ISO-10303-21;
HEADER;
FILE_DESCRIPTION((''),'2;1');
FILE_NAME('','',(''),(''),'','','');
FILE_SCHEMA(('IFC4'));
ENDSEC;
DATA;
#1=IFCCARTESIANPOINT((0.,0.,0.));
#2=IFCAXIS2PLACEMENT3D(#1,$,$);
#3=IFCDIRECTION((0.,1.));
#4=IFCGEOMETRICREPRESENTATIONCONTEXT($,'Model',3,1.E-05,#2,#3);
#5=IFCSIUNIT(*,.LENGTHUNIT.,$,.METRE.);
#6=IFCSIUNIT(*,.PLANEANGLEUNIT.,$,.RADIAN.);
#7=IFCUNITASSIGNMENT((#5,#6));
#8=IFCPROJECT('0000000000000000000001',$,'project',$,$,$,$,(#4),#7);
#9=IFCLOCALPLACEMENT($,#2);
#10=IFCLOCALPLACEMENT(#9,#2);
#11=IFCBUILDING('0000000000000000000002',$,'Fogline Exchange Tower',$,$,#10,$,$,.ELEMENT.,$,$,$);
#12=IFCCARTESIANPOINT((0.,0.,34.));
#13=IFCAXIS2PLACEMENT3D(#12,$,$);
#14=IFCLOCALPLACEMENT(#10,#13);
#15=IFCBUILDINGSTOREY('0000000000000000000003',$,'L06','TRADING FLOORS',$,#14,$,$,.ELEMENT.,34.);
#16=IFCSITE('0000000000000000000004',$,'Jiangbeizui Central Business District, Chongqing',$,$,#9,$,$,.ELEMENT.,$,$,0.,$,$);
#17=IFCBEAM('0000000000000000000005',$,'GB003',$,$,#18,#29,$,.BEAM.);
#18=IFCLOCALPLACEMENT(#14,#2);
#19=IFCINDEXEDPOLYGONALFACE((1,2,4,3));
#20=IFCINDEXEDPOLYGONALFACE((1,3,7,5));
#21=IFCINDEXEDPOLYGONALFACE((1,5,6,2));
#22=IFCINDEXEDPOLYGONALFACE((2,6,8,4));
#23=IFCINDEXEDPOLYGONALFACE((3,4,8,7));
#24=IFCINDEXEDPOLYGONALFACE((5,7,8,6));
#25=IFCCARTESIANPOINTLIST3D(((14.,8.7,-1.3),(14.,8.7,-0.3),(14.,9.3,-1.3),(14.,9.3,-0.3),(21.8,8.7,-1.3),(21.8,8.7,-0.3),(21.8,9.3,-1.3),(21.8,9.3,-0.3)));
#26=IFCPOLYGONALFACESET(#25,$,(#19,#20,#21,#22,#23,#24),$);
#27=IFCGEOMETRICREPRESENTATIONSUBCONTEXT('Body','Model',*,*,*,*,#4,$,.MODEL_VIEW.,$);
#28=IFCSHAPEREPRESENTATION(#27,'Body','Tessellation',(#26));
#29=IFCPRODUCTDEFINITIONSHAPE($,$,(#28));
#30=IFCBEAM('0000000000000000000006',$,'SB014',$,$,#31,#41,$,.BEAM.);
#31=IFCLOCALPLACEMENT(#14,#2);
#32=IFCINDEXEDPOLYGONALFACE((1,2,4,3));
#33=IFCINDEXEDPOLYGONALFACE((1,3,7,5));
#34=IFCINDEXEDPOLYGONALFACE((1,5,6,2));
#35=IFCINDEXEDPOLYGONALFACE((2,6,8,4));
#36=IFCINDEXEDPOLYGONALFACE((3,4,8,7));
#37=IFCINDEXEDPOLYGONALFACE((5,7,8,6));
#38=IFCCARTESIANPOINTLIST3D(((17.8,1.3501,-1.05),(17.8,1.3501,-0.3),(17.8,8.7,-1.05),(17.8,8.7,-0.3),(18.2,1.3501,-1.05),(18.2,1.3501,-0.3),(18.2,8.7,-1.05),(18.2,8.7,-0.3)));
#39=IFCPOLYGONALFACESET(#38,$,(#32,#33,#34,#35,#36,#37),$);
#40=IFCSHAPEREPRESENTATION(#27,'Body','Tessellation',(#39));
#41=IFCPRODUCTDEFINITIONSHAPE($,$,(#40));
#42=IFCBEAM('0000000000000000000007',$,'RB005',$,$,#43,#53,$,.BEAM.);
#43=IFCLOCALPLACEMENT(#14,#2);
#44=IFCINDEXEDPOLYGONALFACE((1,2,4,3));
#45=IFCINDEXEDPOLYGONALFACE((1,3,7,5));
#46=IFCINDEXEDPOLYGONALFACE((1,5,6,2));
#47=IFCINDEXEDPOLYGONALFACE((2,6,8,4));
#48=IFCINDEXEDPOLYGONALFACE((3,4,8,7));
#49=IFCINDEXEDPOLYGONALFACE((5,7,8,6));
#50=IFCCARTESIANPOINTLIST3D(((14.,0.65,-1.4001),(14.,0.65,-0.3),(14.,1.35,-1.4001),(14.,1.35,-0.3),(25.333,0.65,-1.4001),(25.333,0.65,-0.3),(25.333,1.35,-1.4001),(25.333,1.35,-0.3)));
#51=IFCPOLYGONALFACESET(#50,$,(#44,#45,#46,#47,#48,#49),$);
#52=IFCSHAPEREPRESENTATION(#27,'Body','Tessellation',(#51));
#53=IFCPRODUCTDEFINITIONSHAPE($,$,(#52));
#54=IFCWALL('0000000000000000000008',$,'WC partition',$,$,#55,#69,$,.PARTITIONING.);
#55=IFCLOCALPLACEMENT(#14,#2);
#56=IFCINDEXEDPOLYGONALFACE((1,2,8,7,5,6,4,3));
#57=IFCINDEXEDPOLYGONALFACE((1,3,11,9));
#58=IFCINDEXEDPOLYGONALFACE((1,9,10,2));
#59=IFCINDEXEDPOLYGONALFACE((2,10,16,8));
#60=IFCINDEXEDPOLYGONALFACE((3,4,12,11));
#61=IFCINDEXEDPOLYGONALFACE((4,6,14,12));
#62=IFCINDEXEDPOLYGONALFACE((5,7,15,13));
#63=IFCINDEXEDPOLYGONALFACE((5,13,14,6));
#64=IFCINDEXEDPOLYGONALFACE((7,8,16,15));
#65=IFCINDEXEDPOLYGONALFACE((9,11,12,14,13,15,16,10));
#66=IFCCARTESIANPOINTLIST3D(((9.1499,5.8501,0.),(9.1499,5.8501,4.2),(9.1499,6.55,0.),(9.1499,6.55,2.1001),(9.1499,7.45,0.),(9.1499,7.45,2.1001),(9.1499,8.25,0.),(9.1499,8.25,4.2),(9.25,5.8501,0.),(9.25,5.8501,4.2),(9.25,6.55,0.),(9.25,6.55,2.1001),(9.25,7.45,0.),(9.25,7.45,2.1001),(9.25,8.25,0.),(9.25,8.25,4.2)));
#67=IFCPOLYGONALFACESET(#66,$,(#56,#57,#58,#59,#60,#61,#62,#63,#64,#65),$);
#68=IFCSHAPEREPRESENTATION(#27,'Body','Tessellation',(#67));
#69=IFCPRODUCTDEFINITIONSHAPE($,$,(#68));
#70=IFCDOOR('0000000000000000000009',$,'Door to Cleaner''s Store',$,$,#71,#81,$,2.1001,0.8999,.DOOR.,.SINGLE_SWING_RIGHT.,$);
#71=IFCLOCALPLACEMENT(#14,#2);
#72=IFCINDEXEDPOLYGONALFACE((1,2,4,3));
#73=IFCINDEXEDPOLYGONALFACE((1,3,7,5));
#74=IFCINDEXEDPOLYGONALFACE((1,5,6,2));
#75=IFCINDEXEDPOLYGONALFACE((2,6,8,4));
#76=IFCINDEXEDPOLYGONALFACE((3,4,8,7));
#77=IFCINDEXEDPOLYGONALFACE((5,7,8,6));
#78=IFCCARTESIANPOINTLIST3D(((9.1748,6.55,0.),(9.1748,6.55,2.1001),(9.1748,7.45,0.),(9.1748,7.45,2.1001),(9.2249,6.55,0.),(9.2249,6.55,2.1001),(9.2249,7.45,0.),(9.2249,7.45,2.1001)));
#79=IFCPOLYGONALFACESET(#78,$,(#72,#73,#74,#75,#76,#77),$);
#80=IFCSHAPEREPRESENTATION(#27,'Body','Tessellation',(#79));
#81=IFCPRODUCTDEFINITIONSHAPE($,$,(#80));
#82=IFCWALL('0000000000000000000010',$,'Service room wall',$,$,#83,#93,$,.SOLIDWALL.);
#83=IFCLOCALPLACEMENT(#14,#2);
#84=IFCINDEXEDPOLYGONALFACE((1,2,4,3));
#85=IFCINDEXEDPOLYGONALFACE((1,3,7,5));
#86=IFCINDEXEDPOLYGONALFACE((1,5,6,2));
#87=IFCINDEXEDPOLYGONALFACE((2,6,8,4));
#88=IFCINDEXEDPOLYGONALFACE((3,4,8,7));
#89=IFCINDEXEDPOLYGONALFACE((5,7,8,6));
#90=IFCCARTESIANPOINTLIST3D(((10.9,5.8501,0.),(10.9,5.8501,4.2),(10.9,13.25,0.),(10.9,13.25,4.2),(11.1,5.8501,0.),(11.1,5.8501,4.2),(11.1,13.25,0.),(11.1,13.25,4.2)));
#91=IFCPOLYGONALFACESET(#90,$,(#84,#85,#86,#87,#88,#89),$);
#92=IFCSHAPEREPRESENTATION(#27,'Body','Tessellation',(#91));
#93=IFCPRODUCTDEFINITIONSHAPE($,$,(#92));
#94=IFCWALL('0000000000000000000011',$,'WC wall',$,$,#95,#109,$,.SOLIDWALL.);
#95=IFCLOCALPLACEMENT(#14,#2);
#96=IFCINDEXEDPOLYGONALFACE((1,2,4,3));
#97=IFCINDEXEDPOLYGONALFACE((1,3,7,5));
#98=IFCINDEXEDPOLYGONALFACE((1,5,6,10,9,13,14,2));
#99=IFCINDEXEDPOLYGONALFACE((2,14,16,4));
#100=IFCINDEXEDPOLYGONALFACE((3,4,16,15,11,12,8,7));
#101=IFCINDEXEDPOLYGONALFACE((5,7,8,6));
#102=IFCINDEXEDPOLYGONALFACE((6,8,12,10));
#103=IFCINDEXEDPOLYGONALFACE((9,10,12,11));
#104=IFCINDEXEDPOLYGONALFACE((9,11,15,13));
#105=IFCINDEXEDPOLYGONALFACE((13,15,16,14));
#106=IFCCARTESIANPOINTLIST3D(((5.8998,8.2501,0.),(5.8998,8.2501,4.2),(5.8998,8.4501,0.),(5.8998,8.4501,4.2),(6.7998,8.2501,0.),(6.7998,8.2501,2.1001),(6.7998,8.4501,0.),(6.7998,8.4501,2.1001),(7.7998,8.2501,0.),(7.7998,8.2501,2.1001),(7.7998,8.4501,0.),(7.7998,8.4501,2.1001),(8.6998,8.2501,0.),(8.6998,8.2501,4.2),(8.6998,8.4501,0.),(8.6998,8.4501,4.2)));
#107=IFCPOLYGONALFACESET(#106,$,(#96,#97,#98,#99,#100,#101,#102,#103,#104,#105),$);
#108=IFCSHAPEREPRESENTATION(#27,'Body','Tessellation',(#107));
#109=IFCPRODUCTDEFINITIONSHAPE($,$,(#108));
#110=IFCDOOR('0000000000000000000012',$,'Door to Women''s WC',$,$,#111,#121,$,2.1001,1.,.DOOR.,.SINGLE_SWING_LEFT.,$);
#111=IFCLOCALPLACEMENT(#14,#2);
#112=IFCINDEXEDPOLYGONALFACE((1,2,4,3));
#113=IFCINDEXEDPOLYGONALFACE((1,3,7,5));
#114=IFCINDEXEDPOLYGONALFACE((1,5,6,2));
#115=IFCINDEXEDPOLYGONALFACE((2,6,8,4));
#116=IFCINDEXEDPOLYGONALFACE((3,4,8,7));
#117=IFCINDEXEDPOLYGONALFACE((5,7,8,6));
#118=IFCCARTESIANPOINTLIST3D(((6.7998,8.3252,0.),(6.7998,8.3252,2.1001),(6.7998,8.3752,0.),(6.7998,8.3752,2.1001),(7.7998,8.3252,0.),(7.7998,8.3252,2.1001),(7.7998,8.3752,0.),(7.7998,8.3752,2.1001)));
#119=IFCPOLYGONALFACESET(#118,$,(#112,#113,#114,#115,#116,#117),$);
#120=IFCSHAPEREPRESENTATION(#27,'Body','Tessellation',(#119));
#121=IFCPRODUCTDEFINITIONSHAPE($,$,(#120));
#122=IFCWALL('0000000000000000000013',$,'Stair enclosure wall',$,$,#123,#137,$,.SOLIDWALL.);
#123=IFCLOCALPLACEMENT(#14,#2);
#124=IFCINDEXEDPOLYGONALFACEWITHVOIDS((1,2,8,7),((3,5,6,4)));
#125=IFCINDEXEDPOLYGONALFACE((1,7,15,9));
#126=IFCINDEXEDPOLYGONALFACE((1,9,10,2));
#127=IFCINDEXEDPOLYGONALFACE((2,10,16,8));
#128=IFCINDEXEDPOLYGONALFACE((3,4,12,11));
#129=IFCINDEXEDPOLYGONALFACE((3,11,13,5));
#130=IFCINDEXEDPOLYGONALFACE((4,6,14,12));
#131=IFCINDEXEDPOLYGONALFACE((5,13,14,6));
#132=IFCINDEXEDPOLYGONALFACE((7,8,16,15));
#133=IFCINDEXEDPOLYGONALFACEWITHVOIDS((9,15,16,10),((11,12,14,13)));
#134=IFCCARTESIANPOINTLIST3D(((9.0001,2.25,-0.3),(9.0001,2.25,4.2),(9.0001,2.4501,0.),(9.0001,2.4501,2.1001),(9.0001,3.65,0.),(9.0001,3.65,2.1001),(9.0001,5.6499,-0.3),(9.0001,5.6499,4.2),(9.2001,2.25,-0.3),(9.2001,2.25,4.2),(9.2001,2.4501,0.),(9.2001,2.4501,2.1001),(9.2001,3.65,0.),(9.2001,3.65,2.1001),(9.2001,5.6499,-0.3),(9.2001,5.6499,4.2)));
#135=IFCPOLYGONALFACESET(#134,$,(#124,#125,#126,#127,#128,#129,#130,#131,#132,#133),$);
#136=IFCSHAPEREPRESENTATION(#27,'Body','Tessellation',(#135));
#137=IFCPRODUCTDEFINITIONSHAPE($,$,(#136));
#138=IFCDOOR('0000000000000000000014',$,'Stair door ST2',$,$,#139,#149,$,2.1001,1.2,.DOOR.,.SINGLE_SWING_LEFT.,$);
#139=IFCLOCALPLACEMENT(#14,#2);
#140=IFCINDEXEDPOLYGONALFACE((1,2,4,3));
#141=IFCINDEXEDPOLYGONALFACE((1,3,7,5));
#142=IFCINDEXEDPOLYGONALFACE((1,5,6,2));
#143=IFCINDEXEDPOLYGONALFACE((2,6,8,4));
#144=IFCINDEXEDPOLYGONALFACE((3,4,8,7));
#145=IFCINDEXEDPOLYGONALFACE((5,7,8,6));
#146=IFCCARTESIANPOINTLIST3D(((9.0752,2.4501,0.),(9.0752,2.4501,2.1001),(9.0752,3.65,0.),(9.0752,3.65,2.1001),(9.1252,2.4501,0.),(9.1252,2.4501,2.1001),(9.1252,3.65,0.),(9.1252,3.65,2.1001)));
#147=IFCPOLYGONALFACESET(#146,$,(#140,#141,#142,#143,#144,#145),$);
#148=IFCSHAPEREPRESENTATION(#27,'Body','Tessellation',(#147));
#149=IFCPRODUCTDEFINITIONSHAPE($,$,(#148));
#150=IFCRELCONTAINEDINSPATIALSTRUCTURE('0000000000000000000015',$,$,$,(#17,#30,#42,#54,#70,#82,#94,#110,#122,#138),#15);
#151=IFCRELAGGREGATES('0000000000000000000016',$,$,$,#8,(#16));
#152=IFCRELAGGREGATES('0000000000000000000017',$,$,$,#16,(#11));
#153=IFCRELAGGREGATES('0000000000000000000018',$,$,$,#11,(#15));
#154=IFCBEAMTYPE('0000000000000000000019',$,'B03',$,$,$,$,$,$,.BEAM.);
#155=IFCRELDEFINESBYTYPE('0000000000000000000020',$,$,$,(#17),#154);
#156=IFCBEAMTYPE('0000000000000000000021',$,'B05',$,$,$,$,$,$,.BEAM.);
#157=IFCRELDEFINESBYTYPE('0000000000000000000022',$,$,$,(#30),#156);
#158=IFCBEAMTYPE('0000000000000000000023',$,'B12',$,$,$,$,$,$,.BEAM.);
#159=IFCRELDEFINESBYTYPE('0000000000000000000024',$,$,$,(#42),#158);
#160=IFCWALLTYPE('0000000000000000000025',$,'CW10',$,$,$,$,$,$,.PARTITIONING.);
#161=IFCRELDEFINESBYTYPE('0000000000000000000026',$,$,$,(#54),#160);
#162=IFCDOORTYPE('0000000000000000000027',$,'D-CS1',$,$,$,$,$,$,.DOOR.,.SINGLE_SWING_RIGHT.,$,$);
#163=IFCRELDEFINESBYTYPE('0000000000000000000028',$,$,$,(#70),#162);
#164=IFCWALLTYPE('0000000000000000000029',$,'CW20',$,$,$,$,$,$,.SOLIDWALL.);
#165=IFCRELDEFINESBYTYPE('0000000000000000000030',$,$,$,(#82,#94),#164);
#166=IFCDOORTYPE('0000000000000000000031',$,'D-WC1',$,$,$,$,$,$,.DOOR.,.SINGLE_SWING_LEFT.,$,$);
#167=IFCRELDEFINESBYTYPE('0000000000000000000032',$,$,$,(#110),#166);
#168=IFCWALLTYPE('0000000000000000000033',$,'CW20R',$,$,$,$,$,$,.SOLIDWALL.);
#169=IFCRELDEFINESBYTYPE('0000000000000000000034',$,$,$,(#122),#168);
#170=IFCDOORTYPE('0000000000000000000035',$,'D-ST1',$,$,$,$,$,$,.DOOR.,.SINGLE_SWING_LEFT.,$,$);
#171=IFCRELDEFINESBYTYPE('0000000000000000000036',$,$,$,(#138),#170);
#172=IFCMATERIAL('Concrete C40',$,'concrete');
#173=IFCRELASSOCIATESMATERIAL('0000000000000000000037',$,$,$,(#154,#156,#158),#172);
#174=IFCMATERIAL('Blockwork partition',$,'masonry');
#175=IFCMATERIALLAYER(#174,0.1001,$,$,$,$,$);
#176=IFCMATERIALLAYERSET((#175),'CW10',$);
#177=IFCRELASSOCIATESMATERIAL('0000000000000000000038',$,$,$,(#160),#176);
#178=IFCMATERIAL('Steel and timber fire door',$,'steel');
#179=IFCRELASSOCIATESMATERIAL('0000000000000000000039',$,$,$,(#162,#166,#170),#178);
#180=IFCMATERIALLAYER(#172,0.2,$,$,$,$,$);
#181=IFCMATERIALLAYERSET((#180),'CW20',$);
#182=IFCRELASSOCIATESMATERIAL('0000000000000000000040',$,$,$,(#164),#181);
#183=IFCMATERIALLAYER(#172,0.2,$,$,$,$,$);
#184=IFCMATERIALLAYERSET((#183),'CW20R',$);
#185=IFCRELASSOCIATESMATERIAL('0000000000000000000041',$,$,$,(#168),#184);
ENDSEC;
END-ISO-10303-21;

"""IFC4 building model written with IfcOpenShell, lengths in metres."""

from ifc_helpers import new_model, si_unit, direction, frame, frame_2d, origin, origin_2d, place, context, subcontext, project, spatial, rectangle, extrude, material, layer, layer_set, material_profile, profile_set, type_object, element, fill, save


model = new_model("IFC4")

# Units and contexts
model_context = context("Model", 3, precision=1e-05, world=origin(), true_north=direction((0.0, 1.0)))
body_context = subcontext(model_context, "Body", "Model", "MODEL_VIEW")
ifc_project = project(units=[si_unit("LENGTHUNIT", "METRE"), si_unit("PLANEANGLEUNIT", "RADIAN")], contexts=[model_context])

# Site, building, storey
site_placement = place(None, origin())
site = spatial("IfcSite", under=ifc_project, at=site_placement, Name="Jiangbeizui Central Business District, Chongqing", CompositionType="ELEMENT", RefElevation=0.0)
building_placement = place(site_placement, origin())
building = spatial("IfcBuilding", under=site, at=building_placement, Name="Fogline Exchange Tower", CompositionType="ELEMENT")
storey_placement = place(building_placement, frame((0.0, 0.0, 34.0)))
storey = spatial("IfcBuildingStorey", under=building, at=storey_placement, Name="L06", Description="TRADING FLOORS", CompositionType="ELEMENT", Elevation=34.0)

# Beams
ifc_material_1 = material(Name="Concrete C40", Category="concrete")
ifc_material_profile_1 = material_profile(ifc_material_1, rectangle(XDim=0.6001, YDim=1.0, at=origin_2d()), Name="RC 600x1000")
ifc_profile_set_1 = profile_set([ifc_material_profile_1], Name="Concrete C40")
beam_type_1 = type_object("IfcBeamType", Name="B03", PredefinedType="BEAM", material=ifc_profile_set_1)
beam_1_placement = place(storey_placement, frame((14.0, 9.0, -0.8), z_axis=(1.0, 0.0, 0.0), x_axis=(0.0, 1.0, 0.0)))
element("IfcBeam", 1, at=beam_1_placement, inside=storey, type_object=beam_type_1, Name="GB003", PredefinedType="BEAM", context=body_context, shape_type="SweptSolid", body=[
    extrude(rectangle(XDim=0.6001, YDim=1.0, at=origin_2d()), origin(), (0.0, 0.0, 1.0), 7.8),
])
ifc_material_profile_2 = material_profile(ifc_material_1, rectangle(XDim=0.3999, YDim=0.75, at=origin_2d()), Name="RC 400x750")
ifc_profile_set_2 = profile_set([ifc_material_profile_2], Name="Concrete C40")
beam_type_2 = type_object("IfcBeamType", Name="B05", PredefinedType="BEAM", material=ifc_profile_set_2)
beam_2_placement = place(storey_placement, frame((18.0, 1.3501, -0.675), z_axis=(0.0, 1.0, 0.0), x_axis=(-1.0, 0.0, 0.0)))
element("IfcBeam", 2, at=beam_2_placement, inside=storey, type_object=beam_type_2, Name="SB014", PredefinedType="BEAM", context=body_context, shape_type="SweptSolid", body=[
    extrude(rectangle(XDim=0.3999, YDim=0.75, at=origin_2d()), origin(), (0.0, 0.0, 1.0), 7.3499),
])
ifc_material_profile_3 = material_profile(ifc_material_1, rectangle(XDim=0.7, YDim=1.1001, at=origin_2d()), Name="RC 700x1100")
ifc_profile_set_3 = profile_set([ifc_material_profile_3], Name="Concrete C40")
beam_type_3 = type_object("IfcBeamType", Name="B12", PredefinedType="BEAM", material=ifc_profile_set_3)
beam_3_placement = place(storey_placement, frame((14.0, 1.0, -0.8501), z_axis=(1.0, 0.0, 0.0), x_axis=(0.0, 1.0, 0.0)))
element("IfcBeam", 3, at=beam_3_placement, inside=storey, type_object=beam_type_3, Name="RB005", PredefinedType="BEAM", context=body_context, shape_type="SweptSolid", body=[
    extrude(rectangle(XDim=0.7, YDim=1.1001, at=origin_2d()), origin(), (0.0, 0.0, 1.0), 11.333),
])

# Wall, opening, door
ifc_material_2 = material(Name="Blockwork partition", Category="masonry")
ifc_layer_1 = layer(ifc_material_2, 0.1001)
ifc_layer_set_1 = layer_set([ifc_layer_1], Name="CW10")
wall_type_1 = type_object("IfcWallType", Name="CW10", PredefinedType="PARTITIONING", material=ifc_layer_set_1)
wall_1_placement = place(storey_placement, frame((9.2, 5.8501, 0.0), z_axis=(0.0, 0.0, 1.0), x_axis=(0.0, 1.0, 0.0)))
wall_1 = element("IfcWall", 4, at=wall_1_placement, inside=storey, type_object=wall_type_1, Name="WC partition", PredefinedType="PARTITIONING", context=body_context, shape_type="SweptSolid", body=[
    extrude(rectangle(XDim=2.3999, YDim=0.1001, at=frame_2d((1.2, 0.0))), origin(), (0.0, 0.0, 1.0), 4.2),
])
opening_1_placement = place(wall_1_placement, frame((0.7, 0.0, 0.0)))
opening_1 = element("IfcOpeningElement", 5, at=opening_1_placement, cuts=wall_1, PredefinedType="OPENING", context=body_context, shape_type="SweptSolid", body=[
    extrude(rectangle(XDim=0.8999, YDim=2.1001, at=frame_2d((0.45, 1.05))), frame((0.0, 0.0601, 0.0), z_axis=(0.0, -1.0, 0.0), x_axis=(1.0, 0.0, 0.0)), (0.0, 0.0, 1.0), 0.1201),
])
ifc_material_3 = material(Name="Steel and timber fire door", Category="steel")
door_type_1 = type_object("IfcDoorType", Name="D-CS1", OperationType="SINGLE_SWING_RIGHT", PredefinedType="DOOR", material=ifc_material_3)
door_1_placement = place(opening_1_placement, frame((0.8999, 0.0, 0.0), z_axis=(0.0, 0.0, 1.0), x_axis=(-1.0, 0.0, 0.0)))
door_1 = element("IfcDoor", 6, at=door_1_placement, inside=storey, type_object=door_type_1, Name="Door to Cleaner's Store", OperationType="SINGLE_SWING_RIGHT", OverallHeight=2.1001, OverallWidth=0.8999, PredefinedType="DOOR", context=body_context, shape_type="SweptSolid", body=[
    extrude(rectangle(XDim=0.8999, YDim=2.1001, at=frame_2d((0.45, 1.05))), frame((0.0, 0.0249, 0.0), z_axis=(0.0, -1.0, 0.0), x_axis=(1.0, 0.0, 0.0)), (0.0, 0.0, 1.0), 0.05),
])
fill(opening_1, door_1)

# Wall
ifc_layer_2 = layer(ifc_material_1, 0.2)
ifc_layer_set_2 = layer_set([ifc_layer_2], Name="CW20")
wall_type_2 = type_object("IfcWallType", Name="CW20", PredefinedType="SOLIDWALL", material=ifc_layer_set_2)
wall_2_placement = place(storey_placement, frame((11.0, 5.8501, 0.0), z_axis=(0.0, 0.0, 1.0), x_axis=(0.0, 1.0, 0.0)))
element("IfcWall", 7, at=wall_2_placement, inside=storey, type_object=wall_type_2, Name="Service room wall", PredefinedType="SOLIDWALL", context=body_context, shape_type="SweptSolid", body=[
    extrude(rectangle(XDim=7.3999, YDim=0.2, at=frame_2d((3.7, 0.0))), origin(), (0.0, 0.0, 1.0), 4.2),
])

# Walls, openings, doors
wall_3_placement = place(storey_placement, frame((5.8999, 8.3501, 0.0), z_axis=(0.0, 0.0, 1.0), x_axis=(1.0, 0.0, 0.0)))
wall_3 = element("IfcWall", 8, at=wall_3_placement, inside=storey, type_object=wall_type_2, Name="WC wall", PredefinedType="SOLIDWALL", context=body_context, shape_type="SweptSolid", body=[
    extrude(rectangle(XDim=2.8, YDim=0.2, at=frame_2d((1.3999, 0.0))), origin(), (0.0, 0.0, 1.0), 4.2),
])
opening_2_placement = place(wall_3_placement, frame((0.8999, 0.0, 0.0)))
opening_2 = element("IfcOpeningElement", 9, at=opening_2_placement, cuts=wall_3, PredefinedType="OPENING", context=body_context, shape_type="SweptSolid", body=[
    extrude(rectangle(XDim=1.0, YDim=2.1001, at=frame_2d((0.5, 1.05))), frame((0.0, 0.1099, 0.0), z_axis=(0.0, -1.0, 0.0), x_axis=(1.0, 0.0, 0.0)), (0.0, 0.0, 1.0), 0.22),
])
door_type_2 = type_object("IfcDoorType", Name="D-WC1", OperationType="SINGLE_SWING_LEFT", PredefinedType="DOOR", material=ifc_material_3)
door_2_placement = place(opening_2_placement, frame((1.0, 0.0, 0.0), z_axis=(0.0, 0.0, 1.0), x_axis=(-1.0, 0.0, 0.0)))
door_2 = element("IfcDoor", 10, at=door_2_placement, inside=storey, type_object=door_type_2, Name="Door to Women's WC", OperationType="SINGLE_SWING_LEFT", OverallHeight=2.1001, OverallWidth=1.0, PredefinedType="DOOR", context=body_context, shape_type="SweptSolid", body=[
    extrude(rectangle(XDim=1.0, YDim=2.1001, at=frame_2d((0.5, 1.05))), frame((0.0, 0.0249, 0.0), z_axis=(0.0, -1.0, 0.0), x_axis=(1.0, 0.0, 0.0)), (0.0, 0.0, 1.0), 0.05),
])
fill(opening_2, door_2)
ifc_layer_3 = layer(ifc_material_1, 0.2)
ifc_layer_set_3 = layer_set([ifc_layer_3], Name="CW20R")
wall_type_3 = type_object("IfcWallType", Name="CW20R", PredefinedType="SOLIDWALL", material=ifc_layer_set_3)
wall_4_placement = place(storey_placement, frame((9.1001, 2.25, -0.3), z_axis=(0.0, 0.0, 1.0), x_axis=(0.0, 1.0, 0.0)))
wall_4 = element("IfcWall", 11, at=wall_4_placement, inside=storey, type_object=wall_type_3, Name="Stair enclosure wall", PredefinedType="SOLIDWALL", context=body_context, shape_type="SweptSolid", body=[
    extrude(rectangle(XDim=3.3999, YDim=0.2, at=frame_2d((1.7, 0.0))), origin(), (0.0, 0.0, 1.0), 4.5),
])
opening_3_placement = place(wall_4_placement, frame((0.2, 0.0, 0.3)))
opening_3 = element("IfcOpeningElement", 12, at=opening_3_placement, cuts=wall_4, PredefinedType="OPENING", context=body_context, shape_type="SweptSolid", body=[
    extrude(rectangle(XDim=1.2, YDim=2.1001, at=frame_2d((0.6001, 1.05))), frame((0.0, 0.1099, 0.0), z_axis=(0.0, -1.0, 0.0), x_axis=(1.0, 0.0, 0.0)), (0.0, 0.0, 1.0), 0.22),
])
door_type_3 = type_object("IfcDoorType", Name="D-ST1", OperationType="SINGLE_SWING_LEFT", PredefinedType="DOOR", material=ifc_material_3)
door_3_placement = place(opening_3_placement, origin())
door_3 = element("IfcDoor", 13, at=door_3_placement, inside=storey, type_object=door_type_3, Name="Stair door ST2", OperationType="SINGLE_SWING_LEFT", OverallHeight=2.1001, OverallWidth=1.2, PredefinedType="DOOR", context=body_context, shape_type="SweptSolid", body=[
    extrude(rectangle(XDim=1.2, YDim=2.1001, at=frame_2d((0.6001, 1.05))), frame((0.0, 0.0249, 0.0), z_axis=(0.0, -1.0, 0.0), x_axis=(1.0, 0.0, 0.0)), (0.0, 0.0, 1.0), 0.05),
])
fill(opening_3, door_3)

save(model, "model.ifc")
